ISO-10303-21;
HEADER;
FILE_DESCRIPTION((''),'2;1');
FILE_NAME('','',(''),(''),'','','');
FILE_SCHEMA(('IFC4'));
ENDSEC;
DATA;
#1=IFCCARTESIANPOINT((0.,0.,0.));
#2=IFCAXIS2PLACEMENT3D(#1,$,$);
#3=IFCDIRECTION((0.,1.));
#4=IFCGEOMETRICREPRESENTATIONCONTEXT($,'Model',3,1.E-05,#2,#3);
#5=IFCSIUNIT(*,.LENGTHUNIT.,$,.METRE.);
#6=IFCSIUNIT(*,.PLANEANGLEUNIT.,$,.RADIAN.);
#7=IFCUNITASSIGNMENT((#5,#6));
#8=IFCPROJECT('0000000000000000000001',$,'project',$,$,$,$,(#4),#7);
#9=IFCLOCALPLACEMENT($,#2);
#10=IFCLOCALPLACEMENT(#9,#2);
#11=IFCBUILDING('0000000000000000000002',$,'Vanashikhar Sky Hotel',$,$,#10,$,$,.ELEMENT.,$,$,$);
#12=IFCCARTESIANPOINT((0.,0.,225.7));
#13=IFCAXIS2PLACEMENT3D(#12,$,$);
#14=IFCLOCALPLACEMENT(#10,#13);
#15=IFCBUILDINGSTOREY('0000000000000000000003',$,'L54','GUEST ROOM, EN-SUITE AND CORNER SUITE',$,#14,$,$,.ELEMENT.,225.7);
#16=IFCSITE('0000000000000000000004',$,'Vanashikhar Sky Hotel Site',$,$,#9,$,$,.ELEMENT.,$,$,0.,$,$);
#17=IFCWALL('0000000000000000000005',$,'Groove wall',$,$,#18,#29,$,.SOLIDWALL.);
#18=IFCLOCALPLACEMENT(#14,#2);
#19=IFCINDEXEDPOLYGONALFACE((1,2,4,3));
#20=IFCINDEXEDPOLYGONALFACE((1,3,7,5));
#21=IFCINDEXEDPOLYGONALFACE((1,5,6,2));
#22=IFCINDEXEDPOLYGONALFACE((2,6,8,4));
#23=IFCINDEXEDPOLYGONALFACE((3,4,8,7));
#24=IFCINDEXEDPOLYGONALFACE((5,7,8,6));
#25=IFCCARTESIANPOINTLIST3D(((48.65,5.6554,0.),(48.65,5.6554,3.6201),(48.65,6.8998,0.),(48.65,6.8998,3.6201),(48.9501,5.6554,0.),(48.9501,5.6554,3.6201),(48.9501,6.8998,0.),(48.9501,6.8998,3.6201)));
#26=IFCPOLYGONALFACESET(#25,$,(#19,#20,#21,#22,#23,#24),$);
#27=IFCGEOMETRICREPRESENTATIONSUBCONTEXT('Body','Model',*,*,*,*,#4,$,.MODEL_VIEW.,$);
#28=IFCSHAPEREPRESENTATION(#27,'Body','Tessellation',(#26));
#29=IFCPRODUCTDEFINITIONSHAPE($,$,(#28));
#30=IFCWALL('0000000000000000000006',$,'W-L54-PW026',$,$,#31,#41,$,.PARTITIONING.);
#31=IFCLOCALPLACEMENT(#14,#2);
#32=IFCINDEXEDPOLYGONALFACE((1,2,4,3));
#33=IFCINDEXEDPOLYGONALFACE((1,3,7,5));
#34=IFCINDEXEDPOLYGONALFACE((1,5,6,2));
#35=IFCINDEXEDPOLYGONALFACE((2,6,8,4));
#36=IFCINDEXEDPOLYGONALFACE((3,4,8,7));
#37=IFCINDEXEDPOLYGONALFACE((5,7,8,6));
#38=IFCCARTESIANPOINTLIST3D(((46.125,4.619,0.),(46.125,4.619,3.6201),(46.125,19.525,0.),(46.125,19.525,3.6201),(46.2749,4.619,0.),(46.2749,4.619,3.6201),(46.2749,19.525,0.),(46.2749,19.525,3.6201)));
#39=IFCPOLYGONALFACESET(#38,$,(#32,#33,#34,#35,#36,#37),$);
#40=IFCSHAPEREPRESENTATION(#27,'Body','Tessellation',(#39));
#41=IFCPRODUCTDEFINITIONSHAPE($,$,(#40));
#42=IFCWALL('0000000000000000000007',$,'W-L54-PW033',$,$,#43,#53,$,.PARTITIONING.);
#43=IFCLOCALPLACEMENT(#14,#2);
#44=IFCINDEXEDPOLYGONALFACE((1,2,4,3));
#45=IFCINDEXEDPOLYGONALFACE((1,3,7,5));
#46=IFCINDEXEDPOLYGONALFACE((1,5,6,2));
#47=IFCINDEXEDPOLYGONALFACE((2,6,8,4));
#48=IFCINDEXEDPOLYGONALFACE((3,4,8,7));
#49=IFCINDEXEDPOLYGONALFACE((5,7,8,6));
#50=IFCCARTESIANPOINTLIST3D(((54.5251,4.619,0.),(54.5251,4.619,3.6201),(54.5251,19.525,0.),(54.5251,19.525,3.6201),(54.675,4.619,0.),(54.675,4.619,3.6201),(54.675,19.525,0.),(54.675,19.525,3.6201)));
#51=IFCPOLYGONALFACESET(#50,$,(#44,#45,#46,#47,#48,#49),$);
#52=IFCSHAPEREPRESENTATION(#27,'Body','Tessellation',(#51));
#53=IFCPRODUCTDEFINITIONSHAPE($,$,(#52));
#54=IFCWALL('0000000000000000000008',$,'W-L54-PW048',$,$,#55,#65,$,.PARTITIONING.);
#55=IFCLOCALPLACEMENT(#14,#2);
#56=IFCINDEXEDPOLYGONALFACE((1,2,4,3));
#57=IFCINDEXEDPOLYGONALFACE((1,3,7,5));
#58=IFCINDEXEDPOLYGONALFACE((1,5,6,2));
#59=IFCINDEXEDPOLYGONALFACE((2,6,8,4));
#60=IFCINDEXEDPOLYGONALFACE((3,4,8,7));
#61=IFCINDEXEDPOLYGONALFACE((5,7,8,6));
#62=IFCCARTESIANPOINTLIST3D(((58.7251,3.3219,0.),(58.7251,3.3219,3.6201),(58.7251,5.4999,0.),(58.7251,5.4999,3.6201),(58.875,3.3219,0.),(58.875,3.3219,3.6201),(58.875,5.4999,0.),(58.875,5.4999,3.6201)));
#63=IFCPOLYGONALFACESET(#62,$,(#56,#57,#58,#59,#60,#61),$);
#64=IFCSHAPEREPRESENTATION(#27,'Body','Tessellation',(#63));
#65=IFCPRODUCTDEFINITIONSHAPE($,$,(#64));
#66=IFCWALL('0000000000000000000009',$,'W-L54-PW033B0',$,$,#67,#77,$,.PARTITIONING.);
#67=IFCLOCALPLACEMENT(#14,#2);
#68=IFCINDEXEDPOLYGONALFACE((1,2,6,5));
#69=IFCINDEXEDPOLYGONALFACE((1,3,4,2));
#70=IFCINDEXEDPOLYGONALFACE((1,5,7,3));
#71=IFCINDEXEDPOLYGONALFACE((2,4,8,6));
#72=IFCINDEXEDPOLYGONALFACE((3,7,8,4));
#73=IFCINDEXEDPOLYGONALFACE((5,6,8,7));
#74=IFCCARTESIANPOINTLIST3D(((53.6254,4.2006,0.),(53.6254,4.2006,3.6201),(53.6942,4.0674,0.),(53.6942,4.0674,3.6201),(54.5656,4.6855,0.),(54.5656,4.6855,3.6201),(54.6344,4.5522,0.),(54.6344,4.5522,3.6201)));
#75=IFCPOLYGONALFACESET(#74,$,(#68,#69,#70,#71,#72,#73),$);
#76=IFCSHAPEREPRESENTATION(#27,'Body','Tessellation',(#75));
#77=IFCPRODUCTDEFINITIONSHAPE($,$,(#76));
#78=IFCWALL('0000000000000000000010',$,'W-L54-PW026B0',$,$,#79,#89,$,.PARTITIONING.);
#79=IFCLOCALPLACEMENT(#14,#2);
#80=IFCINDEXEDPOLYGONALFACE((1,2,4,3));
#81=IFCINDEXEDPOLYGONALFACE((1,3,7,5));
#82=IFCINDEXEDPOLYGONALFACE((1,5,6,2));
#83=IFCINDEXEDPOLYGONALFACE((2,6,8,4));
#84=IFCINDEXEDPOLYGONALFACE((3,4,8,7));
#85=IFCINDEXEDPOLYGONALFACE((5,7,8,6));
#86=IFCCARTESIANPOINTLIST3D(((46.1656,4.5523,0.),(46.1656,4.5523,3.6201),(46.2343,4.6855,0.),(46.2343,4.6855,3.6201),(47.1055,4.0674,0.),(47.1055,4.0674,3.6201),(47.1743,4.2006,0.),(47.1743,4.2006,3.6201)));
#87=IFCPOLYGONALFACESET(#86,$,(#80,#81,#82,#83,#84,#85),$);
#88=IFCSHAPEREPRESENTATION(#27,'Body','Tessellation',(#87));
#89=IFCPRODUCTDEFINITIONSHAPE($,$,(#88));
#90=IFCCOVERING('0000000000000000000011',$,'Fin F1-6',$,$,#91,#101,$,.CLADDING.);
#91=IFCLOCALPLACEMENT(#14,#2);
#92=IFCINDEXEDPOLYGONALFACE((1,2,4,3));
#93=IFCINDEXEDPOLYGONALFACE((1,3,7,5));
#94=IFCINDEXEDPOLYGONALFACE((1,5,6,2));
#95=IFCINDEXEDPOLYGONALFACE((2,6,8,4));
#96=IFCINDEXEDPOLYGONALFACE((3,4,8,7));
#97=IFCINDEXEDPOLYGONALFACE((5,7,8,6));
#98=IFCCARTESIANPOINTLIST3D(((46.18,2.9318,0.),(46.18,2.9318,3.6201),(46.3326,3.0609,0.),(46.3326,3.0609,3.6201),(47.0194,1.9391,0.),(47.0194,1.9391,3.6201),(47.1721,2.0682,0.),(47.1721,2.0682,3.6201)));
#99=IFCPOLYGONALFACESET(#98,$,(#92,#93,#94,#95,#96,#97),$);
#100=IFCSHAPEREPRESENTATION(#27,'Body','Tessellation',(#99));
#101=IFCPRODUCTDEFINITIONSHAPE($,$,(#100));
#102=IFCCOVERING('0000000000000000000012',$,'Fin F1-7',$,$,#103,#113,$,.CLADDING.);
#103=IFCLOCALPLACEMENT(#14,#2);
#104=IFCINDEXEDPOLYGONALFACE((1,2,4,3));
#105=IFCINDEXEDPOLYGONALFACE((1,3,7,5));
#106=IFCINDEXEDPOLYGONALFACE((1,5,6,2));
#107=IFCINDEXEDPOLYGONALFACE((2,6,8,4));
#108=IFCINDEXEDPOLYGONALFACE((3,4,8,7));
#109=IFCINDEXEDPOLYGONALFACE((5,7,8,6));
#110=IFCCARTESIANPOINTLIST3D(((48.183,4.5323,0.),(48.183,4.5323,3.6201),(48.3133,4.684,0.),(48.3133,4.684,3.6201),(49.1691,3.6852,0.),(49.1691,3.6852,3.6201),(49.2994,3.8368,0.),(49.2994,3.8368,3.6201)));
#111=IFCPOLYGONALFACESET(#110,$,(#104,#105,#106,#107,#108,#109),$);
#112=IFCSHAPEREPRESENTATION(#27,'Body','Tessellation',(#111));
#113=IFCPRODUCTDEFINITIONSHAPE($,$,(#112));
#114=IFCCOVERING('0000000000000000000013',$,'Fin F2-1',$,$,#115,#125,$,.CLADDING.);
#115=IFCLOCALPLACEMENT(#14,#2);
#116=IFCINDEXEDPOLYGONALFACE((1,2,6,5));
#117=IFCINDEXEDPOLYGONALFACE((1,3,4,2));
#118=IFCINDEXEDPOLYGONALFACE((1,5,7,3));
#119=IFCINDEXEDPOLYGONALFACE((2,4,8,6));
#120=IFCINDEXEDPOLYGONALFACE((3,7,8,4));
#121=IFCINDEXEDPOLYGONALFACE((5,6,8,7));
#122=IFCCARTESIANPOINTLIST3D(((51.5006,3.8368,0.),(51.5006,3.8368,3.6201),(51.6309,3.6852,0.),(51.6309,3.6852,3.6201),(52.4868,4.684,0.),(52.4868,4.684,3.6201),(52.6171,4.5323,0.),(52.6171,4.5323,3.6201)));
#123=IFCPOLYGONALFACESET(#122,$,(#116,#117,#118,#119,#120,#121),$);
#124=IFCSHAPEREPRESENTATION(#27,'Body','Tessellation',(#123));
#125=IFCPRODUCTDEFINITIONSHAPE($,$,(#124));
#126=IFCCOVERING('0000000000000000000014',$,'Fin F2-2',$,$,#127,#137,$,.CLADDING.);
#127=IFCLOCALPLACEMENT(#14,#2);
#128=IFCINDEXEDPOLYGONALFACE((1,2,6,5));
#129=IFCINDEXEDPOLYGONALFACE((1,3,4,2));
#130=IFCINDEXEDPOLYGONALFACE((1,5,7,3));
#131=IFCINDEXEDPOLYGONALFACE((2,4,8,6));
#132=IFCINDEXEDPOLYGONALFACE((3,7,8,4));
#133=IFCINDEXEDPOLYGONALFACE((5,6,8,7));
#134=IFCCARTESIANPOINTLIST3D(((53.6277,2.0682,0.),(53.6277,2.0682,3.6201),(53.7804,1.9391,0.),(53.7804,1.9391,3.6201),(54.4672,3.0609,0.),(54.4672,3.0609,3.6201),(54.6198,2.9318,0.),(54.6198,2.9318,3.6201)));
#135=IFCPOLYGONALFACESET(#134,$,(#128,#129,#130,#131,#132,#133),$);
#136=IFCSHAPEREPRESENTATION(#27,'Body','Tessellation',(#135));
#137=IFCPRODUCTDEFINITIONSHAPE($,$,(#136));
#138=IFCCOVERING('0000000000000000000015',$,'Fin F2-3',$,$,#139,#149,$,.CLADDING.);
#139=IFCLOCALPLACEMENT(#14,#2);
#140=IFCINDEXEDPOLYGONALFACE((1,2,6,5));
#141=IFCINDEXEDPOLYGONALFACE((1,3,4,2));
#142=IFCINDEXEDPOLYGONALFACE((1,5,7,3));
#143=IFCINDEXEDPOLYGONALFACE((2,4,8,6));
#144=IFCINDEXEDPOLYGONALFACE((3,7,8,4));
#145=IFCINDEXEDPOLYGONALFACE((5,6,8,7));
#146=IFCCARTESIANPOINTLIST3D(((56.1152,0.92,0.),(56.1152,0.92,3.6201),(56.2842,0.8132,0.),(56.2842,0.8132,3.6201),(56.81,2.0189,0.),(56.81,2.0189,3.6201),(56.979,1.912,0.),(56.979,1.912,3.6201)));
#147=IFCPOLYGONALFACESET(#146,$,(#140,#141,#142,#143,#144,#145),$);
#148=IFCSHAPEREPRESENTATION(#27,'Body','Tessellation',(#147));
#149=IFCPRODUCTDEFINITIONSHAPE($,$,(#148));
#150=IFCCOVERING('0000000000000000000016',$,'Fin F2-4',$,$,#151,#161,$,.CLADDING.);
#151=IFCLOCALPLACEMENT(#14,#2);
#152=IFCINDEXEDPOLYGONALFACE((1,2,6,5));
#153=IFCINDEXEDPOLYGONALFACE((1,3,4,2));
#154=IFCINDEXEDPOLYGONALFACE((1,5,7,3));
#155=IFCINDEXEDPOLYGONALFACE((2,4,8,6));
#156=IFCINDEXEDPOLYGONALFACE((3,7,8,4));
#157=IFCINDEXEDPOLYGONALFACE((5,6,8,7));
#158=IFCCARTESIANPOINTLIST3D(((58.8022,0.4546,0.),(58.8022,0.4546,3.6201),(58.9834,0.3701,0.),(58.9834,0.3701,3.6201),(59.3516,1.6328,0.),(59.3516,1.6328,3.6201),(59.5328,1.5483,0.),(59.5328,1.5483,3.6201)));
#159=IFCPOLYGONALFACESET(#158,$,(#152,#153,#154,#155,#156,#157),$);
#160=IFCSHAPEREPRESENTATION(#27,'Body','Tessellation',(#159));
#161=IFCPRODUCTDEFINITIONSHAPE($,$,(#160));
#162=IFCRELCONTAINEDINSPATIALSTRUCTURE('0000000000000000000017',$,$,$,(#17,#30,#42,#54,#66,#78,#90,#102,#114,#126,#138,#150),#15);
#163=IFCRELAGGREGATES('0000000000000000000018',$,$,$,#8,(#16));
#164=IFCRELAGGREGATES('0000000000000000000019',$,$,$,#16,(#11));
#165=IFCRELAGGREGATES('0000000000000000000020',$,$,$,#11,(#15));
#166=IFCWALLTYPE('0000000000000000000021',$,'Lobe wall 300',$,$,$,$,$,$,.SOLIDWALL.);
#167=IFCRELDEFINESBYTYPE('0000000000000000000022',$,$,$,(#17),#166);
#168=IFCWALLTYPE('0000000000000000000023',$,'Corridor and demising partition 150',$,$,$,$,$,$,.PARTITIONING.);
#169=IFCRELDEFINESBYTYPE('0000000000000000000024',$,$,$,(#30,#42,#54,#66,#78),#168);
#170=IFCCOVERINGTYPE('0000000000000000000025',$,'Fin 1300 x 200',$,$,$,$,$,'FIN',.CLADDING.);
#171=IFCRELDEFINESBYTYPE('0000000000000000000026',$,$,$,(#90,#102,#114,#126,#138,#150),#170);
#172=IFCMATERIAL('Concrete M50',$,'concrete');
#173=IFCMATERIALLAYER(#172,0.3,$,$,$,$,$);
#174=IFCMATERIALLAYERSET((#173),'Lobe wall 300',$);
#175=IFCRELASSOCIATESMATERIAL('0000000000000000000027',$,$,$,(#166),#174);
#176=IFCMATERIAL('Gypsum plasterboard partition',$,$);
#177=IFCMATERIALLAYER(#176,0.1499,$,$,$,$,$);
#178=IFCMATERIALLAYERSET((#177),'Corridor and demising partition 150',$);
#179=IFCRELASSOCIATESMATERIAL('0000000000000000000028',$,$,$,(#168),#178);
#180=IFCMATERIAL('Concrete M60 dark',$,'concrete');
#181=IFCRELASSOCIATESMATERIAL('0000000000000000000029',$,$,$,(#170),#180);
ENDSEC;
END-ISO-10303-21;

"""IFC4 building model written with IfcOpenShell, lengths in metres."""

from ifc_helpers import new_model, si_unit, direction, frame, frame_2d, origin, origin_2d, place, context, subcontext, project, spatial, rectangle, extrude, source, transform, mapped, material, layer, layer_set, material_profile, profile_set, type_object, element, save


model = new_model("IFC4")

# Units and contexts
model_context = context("Model", 3, precision=1e-05, world=origin(), true_north=direction((0.0, 1.0)))
body_context = subcontext(model_context, "Body", "Model", "MODEL_VIEW")
ifc_project = project(units=[si_unit("LENGTHUNIT", "METRE"), si_unit("PLANEANGLEUNIT", "RADIAN")], contexts=[model_context])

# Site, building, storey
site_placement = place(None, origin())
site = spatial("IfcSite", under=ifc_project, at=site_placement, Name="Vanashikhar Sky Hotel Site", CompositionType="ELEMENT", RefElevation=0.0)
building_placement = place(site_placement, origin())
building = spatial("IfcBuilding", under=site, at=building_placement, Name="Vanashikhar Sky Hotel", CompositionType="ELEMENT")
storey_placement = place(building_placement, frame((0.0, 0.0, 225.7)))
storey = spatial("IfcBuildingStorey", under=building, at=storey_placement, Name="L54", Description="GUEST ROOM, EN-SUITE AND CORNER SUITE", CompositionType="ELEMENT", Elevation=225.7)

# Shared definitions
ifc_material_1 = material(Name="Concrete M50", Category="concrete")
ifc_layer_1 = layer(ifc_material_1, 0.3)
ifc_layer_set_1 = layer_set([ifc_layer_1], Name="Lobe wall 300")
wall_type_1 = type_object("IfcWallType", Name="Lobe wall 300", PredefinedType="SOLIDWALL", material=ifc_layer_set_1)

# Walls
shared_shape_1 = source(origin(), body_context, "Body", "SweptSolid", [
    extrude(rectangle(XDim=1.2444, YDim=0.3, at=frame_2d((0.6221, 0.0))), origin(), (0.0, 0.0, 1.0), 3.6201),
])
wall_1_placement = place(storey_placement, frame((48.8, 5.6555, 0.0), z_axis=(0.0, 0.0, 1.0), x_axis=(0.0, 1.0, 0.0)))
element("IfcWall", 1, at=wall_1_placement, inside=storey, type_object=wall_type_1, Name="Groove wall", PredefinedType="SOLIDWALL", context=body_context, shape_type="MappedRepresentation", body=[
    mapped(shared_shape_1, transform((0.0, 0.0, 0.0), scale=1.0)),
])
ifc_material_2 = material(Name="Gypsum plasterboard partition")
ifc_layer_2 = layer(ifc_material_2, 0.1499)
ifc_layer_set_2 = layer_set([ifc_layer_2], Name="Corridor and demising partition 150")
wall_type_2 = type_object("IfcWallType", Name="Corridor and demising partition 150", PredefinedType="PARTITIONING", material=ifc_layer_set_2)
shared_shape_2 = source(origin(), body_context, "Body", "SweptSolid", [
    extrude(rectangle(XDim=14.906, YDim=0.1499, at=frame_2d((7.4531, 0.0))), origin(), (0.0, 0.0, 1.0), 3.6201),
])
for number, where, z_axis, x_axis, name in (
    (2, (46.2, 4.6189, 0.0), (0.0, 0.0, 1.0), (0.0, 1.0, 0.0), "W-L54-PW026"),
    (3, (54.6001, 4.6189, 0.0), (0.0, 0.0, 1.0), (0.0, 1.0, 0.0), "W-L54-PW033"),
):
    element("IfcWall", number, at=place(storey_placement, frame(where, z_axis=z_axis, x_axis=x_axis)), inside=storey, type_object=wall_type_2, Name=name, PredefinedType="PARTITIONING", context=body_context, shape_type="MappedRepresentation", body=[
        mapped(shared_shape_2, transform((0.0, 0.0, 0.0), scale=1.0)),
    ])
shared_shape_3 = source(origin(), body_context, "Body", "SweptSolid", [
    extrude(rectangle(XDim=2.178, YDim=0.1499, at=frame_2d((1.0889, 0.0))), origin(), (0.0, 0.0, 1.0), 3.6201),
])
wall_2_placement = place(storey_placement, frame((58.8, 3.322, 0.0), z_axis=(0.0, 0.0, 1.0), x_axis=(0.0, 1.0, 0.0)))
element("IfcWall", 4, at=wall_2_placement, inside=storey, type_object=wall_type_2, Name="W-L54-PW048", PredefinedType="PARTITIONING", context=body_context, shape_type="MappedRepresentation", body=[
    mapped(shared_shape_3, transform((0.0, 0.0, 0.0), scale=1.0)),
])
shared_shape_4 = source(origin(), body_context, "Body", "SweptSolid", [
    extrude(rectangle(XDim=1.0579, YDim=0.1499, at=frame_2d((0.5288, 0.0))), origin(), (0.0, 0.0, 1.0), 3.6201),
])
wall_3_placement = place(storey_placement, frame((53.6599, 4.134, 0.0), z_axis=(0.0, 0.0, 1.0), x_axis=(0.888772, 0.458349, 0.0)))
element("IfcWall", 5, at=wall_3_placement, inside=storey, type_object=wall_type_2, Name="W-L54-PW033B0", PredefinedType="PARTITIONING", context=body_context, shape_type="MappedRepresentation", body=[
    mapped(shared_shape_4, transform((0.0, 0.0, 0.0), scale=1.0)),
])
shared_shape_5 = source(origin(), body_context, "Body", "SweptSolid", [
    extrude(rectangle(XDim=1.0576, YDim=0.1499, at=frame_2d((0.5288, 0.0))), origin(), (0.0, 0.0, 1.0), 3.6201),
])
wall_4_placement = place(storey_placement, frame((47.1399, 4.134, 0.0), z_axis=(0.0, 0.0, 1.0), x_axis=(-0.888724, 0.458443, 0.0)))
element("IfcWall", 6, at=wall_4_placement, inside=storey, type_object=wall_type_2, Name="W-L54-PW026B0", PredefinedType="PARTITIONING", context=body_context, shape_type="MappedRepresentation", body=[
    mapped(shared_shape_5, transform((0.0, 0.0, 0.0), scale=1.0)),
])

# Coverings
ifc_material_3 = material(Name="Concrete M60 dark", Category="concrete")
ifc_material_profile = material_profile(ifc_material_3, rectangle(XDim=1.3, YDim=0.2, at=origin_2d()))
ifc_profile_set = profile_set([ifc_material_profile], Name="Fin 1300 x 200")
covering_type = type_object("IfcCoveringType", Name="Fin 1300 x 200", ElementType="FIN", PredefinedType="CLADDING", material=ifc_profile_set)
shared_shape_6 = source(origin(), body_context, "Body", "SweptSolid", [
    extrude(rectangle(XDim=1.3, YDim=0.2, at=origin_2d()), origin(), (0.0, 0.0, 1.0), 3.6201),
])
for number, where, z_axis, x_axis, name in (
    (7, (46.676, 2.5, 0.0), (0.0, 0.0, 1.0), (0.645698, -0.763593, 0.0), "Fin F1-6"),
    (8, (48.7412, 4.1846, 0.0), (0.0, 0.0, 1.0), (0.758544, -0.651622, 0.0), "Fin F1-7"),
    (9, (52.0588, 4.1846, 0.0), (0.0, 0.0, 1.0), (-0.758544, -0.651622, 0.0), "Fin F2-1"),
    (10, (54.1238, 2.5, 0.0), (0.0, 0.0, 1.0), (-0.645698, -0.763593, 0.0), "Fin F2-2"),
    (11, (56.5471, 1.416, 0.0), (0.0, 0.0, 1.0), (-0.534411, -0.845225, 0.0), "Fin F2-3"),
    (12, (59.1675, 1.0015, 0.0), (0.0, 0.0, 1.0), (-0.422618, -0.906308, 0.0), "Fin F2-4"),
):
    element("IfcCovering", number, at=place(storey_placement, frame(where, z_axis=z_axis, x_axis=x_axis)), inside=storey, type_object=covering_type, Name=name, PredefinedType="CLADDING", context=body_context, shape_type="MappedRepresentation", body=[
        mapped(shared_shape_6, transform((0.0, 0.0, 0.0), scale=1.0)),
    ])

save(model, "model.ifc")
